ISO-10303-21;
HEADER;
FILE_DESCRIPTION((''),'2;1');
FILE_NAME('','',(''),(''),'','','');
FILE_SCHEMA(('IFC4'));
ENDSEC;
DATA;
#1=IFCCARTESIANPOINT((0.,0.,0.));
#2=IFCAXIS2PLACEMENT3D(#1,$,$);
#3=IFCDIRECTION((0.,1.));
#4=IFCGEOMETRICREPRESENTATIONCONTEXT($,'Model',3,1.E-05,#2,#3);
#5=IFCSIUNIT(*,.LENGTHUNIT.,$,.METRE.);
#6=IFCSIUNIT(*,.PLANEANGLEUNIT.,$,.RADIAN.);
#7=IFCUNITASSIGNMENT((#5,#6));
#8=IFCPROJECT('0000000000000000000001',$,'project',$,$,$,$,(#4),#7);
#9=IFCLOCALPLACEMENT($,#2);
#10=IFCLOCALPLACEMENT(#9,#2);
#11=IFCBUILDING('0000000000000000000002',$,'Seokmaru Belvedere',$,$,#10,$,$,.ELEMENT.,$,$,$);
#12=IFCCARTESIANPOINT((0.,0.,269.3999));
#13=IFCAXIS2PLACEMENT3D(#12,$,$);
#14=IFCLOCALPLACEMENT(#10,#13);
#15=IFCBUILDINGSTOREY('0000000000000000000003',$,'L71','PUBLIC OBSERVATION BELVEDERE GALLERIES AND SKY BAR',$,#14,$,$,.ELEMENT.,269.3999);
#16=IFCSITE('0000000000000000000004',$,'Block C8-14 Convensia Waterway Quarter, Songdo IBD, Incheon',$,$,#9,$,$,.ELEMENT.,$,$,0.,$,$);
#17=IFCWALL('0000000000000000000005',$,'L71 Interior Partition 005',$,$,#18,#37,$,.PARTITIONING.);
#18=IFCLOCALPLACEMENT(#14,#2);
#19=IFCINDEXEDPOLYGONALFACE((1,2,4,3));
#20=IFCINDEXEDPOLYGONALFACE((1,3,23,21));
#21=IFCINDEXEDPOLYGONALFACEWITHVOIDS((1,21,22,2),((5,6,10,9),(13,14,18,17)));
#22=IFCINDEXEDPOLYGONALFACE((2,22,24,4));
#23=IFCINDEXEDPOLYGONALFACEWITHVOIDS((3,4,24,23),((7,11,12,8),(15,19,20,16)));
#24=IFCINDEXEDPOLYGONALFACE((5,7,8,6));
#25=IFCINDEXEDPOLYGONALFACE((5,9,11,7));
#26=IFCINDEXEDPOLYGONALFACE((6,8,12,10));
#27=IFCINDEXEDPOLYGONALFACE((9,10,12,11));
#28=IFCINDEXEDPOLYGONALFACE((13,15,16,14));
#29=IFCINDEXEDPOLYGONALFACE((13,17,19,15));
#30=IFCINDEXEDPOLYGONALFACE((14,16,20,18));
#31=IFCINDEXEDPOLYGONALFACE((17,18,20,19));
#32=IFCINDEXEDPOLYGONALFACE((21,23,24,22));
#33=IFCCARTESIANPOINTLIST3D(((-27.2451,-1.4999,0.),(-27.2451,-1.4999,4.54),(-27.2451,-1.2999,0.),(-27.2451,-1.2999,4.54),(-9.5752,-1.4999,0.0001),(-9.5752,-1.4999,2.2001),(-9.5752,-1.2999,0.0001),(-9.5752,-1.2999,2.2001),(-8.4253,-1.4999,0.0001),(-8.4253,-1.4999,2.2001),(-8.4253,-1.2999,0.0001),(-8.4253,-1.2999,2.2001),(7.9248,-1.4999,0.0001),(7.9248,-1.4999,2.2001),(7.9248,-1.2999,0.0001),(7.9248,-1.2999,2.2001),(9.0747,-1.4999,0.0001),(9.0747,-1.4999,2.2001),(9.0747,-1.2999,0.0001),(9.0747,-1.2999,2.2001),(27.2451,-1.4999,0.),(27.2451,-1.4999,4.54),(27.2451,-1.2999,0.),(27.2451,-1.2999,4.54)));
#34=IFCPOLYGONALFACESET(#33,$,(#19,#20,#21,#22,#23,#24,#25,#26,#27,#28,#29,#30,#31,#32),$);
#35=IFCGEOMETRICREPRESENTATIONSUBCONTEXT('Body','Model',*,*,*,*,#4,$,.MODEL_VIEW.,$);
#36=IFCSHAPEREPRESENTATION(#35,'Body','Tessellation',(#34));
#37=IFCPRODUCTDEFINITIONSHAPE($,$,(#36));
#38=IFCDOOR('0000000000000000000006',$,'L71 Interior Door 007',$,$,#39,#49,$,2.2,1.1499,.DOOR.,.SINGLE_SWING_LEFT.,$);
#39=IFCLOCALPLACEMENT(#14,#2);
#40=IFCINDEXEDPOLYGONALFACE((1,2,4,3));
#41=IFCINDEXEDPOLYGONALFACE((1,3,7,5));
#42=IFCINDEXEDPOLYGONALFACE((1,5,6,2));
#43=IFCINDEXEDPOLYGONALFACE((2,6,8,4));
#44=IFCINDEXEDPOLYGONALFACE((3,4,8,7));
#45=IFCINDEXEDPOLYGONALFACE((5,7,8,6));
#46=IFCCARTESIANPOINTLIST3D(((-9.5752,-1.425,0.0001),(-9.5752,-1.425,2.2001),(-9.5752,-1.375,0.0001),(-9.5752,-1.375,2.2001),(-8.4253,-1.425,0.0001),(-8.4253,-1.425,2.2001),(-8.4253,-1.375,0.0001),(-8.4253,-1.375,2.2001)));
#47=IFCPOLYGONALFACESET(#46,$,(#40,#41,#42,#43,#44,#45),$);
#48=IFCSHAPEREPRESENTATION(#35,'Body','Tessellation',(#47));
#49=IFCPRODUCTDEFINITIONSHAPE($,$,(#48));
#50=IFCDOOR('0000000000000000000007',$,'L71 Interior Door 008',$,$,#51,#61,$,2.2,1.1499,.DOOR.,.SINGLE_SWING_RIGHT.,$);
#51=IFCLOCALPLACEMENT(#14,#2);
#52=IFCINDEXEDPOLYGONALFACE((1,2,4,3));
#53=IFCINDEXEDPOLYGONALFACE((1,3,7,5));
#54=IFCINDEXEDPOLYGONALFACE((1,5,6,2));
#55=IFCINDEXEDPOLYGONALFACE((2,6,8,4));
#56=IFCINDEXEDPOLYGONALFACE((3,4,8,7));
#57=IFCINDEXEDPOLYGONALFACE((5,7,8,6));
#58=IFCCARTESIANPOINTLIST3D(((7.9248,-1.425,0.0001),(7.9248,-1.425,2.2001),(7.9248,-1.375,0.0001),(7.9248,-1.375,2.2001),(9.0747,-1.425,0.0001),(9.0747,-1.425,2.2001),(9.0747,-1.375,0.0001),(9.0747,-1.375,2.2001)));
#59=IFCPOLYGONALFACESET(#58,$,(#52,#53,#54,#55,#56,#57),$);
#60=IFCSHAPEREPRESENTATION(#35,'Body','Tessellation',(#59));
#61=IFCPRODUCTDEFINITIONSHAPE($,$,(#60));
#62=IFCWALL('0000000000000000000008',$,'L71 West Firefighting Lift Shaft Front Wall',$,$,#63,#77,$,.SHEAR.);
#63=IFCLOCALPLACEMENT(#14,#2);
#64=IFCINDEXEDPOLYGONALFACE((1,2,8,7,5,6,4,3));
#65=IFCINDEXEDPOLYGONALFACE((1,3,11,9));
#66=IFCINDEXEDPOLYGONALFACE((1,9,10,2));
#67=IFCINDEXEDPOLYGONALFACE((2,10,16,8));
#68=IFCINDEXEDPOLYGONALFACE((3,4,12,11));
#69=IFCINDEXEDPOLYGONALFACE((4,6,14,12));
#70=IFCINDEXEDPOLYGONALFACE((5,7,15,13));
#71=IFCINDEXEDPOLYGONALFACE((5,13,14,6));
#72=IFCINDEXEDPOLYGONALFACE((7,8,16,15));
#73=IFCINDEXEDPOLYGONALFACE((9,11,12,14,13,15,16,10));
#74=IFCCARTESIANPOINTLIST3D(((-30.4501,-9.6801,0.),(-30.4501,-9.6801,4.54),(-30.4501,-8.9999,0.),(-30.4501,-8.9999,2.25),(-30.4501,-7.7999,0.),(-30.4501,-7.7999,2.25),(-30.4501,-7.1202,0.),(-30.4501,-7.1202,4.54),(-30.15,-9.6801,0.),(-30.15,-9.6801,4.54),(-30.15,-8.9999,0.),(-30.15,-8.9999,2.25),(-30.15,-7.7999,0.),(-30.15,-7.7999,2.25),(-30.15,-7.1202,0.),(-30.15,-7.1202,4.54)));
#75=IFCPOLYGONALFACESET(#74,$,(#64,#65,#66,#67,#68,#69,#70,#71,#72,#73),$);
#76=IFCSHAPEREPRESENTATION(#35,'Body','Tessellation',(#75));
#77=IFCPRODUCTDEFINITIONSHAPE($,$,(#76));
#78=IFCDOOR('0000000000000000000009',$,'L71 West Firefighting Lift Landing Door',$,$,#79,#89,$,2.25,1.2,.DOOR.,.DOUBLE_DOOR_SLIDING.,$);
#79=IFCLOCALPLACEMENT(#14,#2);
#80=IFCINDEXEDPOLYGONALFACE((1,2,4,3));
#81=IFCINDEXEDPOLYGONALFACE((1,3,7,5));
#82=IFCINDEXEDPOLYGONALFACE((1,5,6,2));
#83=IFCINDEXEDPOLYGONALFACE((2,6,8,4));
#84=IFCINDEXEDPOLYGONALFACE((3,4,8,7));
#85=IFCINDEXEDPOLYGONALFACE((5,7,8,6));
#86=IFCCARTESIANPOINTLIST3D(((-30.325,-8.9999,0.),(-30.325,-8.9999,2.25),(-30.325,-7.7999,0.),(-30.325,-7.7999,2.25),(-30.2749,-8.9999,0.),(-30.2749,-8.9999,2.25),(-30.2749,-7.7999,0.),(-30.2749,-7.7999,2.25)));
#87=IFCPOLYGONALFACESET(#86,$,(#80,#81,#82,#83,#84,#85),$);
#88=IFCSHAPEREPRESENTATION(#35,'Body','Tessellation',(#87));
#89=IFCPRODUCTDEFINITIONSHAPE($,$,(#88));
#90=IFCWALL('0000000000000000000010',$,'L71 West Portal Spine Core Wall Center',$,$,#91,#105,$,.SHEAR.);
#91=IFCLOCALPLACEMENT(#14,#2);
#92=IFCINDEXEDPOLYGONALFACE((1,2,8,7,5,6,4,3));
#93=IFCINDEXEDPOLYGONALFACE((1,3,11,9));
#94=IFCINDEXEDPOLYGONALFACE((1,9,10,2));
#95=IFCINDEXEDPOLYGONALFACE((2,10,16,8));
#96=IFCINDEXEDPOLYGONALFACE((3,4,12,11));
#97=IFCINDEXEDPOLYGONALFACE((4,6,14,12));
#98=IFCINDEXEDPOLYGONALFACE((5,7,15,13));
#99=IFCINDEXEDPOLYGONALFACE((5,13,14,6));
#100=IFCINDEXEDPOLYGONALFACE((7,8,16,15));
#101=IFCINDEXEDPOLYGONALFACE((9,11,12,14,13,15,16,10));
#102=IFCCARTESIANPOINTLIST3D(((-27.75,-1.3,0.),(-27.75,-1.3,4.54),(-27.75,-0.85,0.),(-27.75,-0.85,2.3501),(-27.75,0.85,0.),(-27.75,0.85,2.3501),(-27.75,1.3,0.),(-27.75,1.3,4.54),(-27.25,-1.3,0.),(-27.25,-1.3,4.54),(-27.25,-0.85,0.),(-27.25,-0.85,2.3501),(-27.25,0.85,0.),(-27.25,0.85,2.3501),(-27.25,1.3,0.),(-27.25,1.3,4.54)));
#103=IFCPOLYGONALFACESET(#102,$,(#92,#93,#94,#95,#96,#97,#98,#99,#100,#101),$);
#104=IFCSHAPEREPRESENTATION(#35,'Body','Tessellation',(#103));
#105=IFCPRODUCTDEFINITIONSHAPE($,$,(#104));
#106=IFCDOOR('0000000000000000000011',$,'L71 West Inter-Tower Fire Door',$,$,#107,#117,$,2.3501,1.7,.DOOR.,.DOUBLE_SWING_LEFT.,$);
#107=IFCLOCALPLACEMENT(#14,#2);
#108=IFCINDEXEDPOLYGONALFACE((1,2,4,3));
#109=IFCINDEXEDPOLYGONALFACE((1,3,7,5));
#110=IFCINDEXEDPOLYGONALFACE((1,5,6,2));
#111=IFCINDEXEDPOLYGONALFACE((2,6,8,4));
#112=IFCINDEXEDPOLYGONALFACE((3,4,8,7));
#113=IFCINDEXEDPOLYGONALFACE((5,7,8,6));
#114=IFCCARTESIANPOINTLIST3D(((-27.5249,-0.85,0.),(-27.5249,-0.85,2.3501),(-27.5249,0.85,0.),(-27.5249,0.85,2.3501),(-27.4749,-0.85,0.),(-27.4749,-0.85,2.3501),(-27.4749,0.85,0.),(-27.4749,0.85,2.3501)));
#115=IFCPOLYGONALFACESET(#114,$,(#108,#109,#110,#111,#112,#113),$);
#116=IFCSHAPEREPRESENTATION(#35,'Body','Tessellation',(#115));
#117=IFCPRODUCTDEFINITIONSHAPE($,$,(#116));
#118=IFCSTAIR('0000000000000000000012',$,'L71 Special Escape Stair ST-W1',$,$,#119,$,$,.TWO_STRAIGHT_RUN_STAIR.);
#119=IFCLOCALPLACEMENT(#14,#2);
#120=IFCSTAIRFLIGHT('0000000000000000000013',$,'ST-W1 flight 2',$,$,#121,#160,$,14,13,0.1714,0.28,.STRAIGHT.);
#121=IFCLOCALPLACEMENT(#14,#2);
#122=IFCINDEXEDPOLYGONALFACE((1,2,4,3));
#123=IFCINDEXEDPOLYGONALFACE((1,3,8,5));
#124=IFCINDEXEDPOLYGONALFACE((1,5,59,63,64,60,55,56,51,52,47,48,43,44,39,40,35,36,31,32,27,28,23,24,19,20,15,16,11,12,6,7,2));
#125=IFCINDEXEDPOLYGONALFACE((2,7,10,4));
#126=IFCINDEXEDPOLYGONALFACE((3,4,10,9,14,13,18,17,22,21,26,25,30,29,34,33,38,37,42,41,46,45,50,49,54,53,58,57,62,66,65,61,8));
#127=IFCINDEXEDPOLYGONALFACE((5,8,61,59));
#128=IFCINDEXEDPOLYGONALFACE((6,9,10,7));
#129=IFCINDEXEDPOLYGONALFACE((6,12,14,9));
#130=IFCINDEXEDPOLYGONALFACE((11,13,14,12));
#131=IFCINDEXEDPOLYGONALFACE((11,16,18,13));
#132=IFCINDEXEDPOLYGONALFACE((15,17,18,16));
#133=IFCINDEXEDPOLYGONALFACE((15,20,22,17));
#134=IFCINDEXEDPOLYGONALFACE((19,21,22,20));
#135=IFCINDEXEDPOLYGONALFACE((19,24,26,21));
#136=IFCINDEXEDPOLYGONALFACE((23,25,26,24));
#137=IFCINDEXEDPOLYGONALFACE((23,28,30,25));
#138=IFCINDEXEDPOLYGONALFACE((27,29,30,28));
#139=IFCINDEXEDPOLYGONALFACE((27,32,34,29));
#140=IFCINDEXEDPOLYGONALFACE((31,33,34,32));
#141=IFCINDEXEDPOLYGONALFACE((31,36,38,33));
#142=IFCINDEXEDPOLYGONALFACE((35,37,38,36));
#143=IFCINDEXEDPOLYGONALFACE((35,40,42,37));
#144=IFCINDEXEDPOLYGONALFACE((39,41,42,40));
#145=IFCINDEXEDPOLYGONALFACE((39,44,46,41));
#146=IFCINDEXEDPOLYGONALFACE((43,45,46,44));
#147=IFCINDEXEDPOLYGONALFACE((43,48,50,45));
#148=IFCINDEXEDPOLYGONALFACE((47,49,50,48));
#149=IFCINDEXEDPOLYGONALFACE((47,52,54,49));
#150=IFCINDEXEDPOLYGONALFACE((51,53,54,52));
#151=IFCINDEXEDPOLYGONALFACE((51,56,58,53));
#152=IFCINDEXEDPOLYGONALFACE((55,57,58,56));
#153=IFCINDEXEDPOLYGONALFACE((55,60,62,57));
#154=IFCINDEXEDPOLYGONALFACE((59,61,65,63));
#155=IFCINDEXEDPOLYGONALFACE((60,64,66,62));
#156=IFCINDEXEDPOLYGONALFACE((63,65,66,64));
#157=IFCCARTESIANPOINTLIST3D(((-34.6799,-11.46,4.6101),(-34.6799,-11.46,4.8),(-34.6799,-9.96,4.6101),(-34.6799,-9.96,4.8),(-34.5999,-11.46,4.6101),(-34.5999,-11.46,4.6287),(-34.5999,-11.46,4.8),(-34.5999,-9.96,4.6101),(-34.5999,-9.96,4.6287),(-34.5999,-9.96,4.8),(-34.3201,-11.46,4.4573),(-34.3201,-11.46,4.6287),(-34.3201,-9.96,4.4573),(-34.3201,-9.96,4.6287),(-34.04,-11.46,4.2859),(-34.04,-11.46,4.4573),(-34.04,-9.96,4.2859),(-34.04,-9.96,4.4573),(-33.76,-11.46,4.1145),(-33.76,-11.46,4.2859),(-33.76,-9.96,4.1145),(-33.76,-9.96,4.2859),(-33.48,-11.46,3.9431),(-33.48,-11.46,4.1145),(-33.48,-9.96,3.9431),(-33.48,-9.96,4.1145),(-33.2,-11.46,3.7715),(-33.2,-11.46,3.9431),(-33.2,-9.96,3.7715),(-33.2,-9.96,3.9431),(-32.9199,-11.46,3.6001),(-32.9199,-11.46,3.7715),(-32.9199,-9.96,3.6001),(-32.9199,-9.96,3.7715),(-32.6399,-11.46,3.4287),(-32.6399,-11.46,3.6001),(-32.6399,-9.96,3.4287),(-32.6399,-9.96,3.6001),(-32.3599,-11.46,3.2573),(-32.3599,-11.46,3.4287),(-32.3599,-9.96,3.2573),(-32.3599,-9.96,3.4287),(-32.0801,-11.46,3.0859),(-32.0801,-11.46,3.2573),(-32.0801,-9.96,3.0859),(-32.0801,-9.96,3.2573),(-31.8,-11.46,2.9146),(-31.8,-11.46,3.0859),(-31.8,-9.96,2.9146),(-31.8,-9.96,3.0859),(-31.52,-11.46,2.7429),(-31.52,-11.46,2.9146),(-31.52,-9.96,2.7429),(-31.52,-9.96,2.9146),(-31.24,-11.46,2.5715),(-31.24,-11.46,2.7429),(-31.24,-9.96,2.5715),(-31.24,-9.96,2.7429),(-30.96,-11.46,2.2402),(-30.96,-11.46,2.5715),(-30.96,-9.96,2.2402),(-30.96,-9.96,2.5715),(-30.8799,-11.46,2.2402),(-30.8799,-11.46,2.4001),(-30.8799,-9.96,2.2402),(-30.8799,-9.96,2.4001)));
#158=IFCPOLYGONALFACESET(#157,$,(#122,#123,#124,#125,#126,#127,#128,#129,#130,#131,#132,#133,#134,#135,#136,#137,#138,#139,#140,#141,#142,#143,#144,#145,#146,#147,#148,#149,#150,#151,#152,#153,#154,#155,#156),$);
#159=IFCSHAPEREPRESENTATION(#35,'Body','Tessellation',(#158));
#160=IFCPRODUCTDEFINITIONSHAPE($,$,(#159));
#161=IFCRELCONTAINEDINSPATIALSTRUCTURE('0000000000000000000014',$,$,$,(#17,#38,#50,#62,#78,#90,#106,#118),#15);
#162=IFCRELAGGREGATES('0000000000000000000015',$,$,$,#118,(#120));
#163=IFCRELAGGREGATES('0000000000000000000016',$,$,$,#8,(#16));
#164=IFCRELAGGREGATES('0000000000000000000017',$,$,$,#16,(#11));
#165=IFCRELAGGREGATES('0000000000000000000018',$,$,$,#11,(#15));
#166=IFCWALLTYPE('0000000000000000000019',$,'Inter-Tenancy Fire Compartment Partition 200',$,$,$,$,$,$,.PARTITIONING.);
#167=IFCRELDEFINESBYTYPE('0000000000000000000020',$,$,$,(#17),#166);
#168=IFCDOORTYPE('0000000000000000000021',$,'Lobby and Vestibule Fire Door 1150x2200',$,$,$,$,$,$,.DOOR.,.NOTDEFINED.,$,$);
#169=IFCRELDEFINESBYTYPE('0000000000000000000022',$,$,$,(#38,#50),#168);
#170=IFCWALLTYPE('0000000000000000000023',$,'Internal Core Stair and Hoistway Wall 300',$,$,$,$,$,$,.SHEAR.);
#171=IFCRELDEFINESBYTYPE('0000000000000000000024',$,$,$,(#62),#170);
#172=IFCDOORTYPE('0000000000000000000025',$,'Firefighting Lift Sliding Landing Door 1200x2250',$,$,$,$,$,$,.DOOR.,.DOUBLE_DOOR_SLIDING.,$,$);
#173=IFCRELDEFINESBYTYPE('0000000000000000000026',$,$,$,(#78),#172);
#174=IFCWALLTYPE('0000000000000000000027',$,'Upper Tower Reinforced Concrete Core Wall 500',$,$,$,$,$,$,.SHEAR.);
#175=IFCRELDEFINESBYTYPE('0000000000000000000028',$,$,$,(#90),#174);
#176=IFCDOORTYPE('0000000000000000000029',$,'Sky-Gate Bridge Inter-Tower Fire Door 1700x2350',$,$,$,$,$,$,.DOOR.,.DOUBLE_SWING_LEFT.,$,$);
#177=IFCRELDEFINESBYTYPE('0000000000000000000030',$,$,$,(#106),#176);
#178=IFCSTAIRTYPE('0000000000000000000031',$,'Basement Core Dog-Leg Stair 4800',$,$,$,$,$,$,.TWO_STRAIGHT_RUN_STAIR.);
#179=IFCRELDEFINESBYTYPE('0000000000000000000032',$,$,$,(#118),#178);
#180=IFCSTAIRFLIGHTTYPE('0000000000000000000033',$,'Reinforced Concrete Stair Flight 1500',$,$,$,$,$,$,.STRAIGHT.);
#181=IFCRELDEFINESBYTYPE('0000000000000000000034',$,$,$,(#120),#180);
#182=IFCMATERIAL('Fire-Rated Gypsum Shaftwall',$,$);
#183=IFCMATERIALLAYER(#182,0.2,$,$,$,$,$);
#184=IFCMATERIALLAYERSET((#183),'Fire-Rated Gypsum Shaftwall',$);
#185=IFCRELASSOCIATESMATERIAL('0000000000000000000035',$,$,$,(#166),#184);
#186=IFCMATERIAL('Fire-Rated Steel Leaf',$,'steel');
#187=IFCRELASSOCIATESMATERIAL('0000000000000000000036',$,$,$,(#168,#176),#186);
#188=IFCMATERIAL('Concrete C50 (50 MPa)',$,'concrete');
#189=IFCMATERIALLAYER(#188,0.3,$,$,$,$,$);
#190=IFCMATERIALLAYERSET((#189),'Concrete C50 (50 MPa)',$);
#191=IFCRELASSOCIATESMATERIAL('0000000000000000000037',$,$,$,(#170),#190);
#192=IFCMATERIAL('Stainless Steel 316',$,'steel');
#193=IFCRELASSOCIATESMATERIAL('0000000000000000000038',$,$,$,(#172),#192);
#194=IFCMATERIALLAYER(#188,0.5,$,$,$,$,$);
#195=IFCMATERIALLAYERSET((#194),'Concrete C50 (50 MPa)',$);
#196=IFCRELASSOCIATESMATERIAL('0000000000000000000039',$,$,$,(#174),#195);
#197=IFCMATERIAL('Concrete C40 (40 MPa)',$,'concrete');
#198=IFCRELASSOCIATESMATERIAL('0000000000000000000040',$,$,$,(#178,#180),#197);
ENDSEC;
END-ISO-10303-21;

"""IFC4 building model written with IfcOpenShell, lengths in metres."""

from ifc_helpers import new_model, si_unit, direction, frame, frame_2d, origin, place, context, subcontext, project, spatial, polyline, rectangle, outline, extrude, source, transform, mapped, material, layer, layer_set, type_object, type_shapes, element, fill, aggregate, save


model = new_model("IFC4")

# Units and contexts
model_context = context("Model", 3, precision=1e-05, world=origin(), true_north=direction((0.0, 1.0)))
body_context = subcontext(model_context, "Body", "Model", "MODEL_VIEW")
ifc_project = project(units=[si_unit("LENGTHUNIT", "METRE"), si_unit("PLANEANGLEUNIT", "RADIAN")], contexts=[model_context])

# Site, building, storey
site_placement = place(None, origin())
site = spatial("IfcSite", under=ifc_project, at=site_placement, Name="Block C8-14 Convensia Waterway Quarter, Songdo IBD, Incheon", CompositionType="ELEMENT", RefElevation=0.0)
building_placement = place(site_placement, origin())
building = spatial("IfcBuilding", under=site, at=building_placement, Name="Seokmaru Belvedere", CompositionType="ELEMENT")
storey_placement = place(building_placement, frame((0.0, 0.0, 269.3999)))
storey = spatial("IfcBuildingStorey", under=building, at=storey_placement, Name="L71", Description="PUBLIC OBSERVATION BELVEDERE GALLERIES AND SKY BAR", CompositionType="ELEMENT", Elevation=269.3999)

# Shared definitions
ifc_material_1 = material(Name="Fire-Rated Gypsum Shaftwall")
ifc_material_2 = material(Name="Fire-Rated Steel Leaf", Category="steel")

# Shared definitions
ifc_material_3 = material(Name="Concrete C50 (50 MPa)", Category="concrete")

# Wall, openings, doors
ifc_layer_1 = layer(ifc_material_1, 0.2)
ifc_layer_set_1 = layer_set([ifc_layer_1], Name="Fire-Rated Gypsum Shaftwall")
wall_type_1 = type_object("IfcWallType", Name="Inter-Tenancy Fire Compartment Partition 200", PredefinedType="PARTITIONING", material=ifc_layer_set_1)
wall_1_placement = place(storey_placement, frame((-27.2451, -1.3999, 0.0), z_axis=(0.0, 0.0, 1.0), x_axis=(1.0, 0.0, 0.0)))
wall_1 = element("IfcWall", 1, at=wall_1_placement, inside=storey, type_object=wall_type_1, Name="L71 Interior Partition 005", PredefinedType="PARTITIONING", context=body_context, shape_type="SweptSolid", body=[
    extrude(rectangle(XDim=54.4902, YDim=0.2, at=frame_2d((27.2451, 0.0))), origin(), (0.0, 0.0, 1.0), 4.54),
])
opening_1_placement = place(wall_1_placement, frame((17.6699, 0.0, 0.0)))
opening_1 = element("IfcOpeningElement", 2, at=opening_1_placement, cuts=wall_1, PredefinedType="OPENING", context=body_context, shape_type="SweptSolid", body=[
    extrude(rectangle(XDim=1.1499, YDim=2.2, at=frame_2d((0.575, 1.1001))), frame((0.0, 0.1099, 0.0), z_axis=(0.0, -1.0, 0.0), x_axis=(1.0, 0.0, 0.0)), (0.0, 0.0, 1.0), 0.22),
])
opening_2_placement = place(wall_1_placement, frame((35.1699, 0.0, 0.0)))
opening_2 = element("IfcOpeningElement", 3, at=opening_2_placement, cuts=wall_1, PredefinedType="OPENING", context=body_context, shape_type="SweptSolid", body=[
    extrude(rectangle(XDim=1.1499, YDim=2.2, at=frame_2d((0.575, 1.1001))), frame((0.0, 0.1099, 0.0), z_axis=(0.0, -1.0, 0.0), x_axis=(1.0, 0.0, 0.0)), (0.0, 0.0, 1.0), 0.22),
])
door_type_1 = type_object("IfcDoorType", Name="Lobby and Vestibule Fire Door 1150x2200", OperationType="NOTDEFINED", PredefinedType="DOOR", material=ifc_material_2)
shared_shape_1 = source(origin(), body_context, "Body", "SweptSolid", [
    extrude(rectangle(XDim=1.1499, YDim=2.2, at=frame_2d((0.575, 1.1001))), frame((0.0, 0.0249, 0.0), z_axis=(0.0, -1.0, 0.0), x_axis=(1.0, 0.0, 0.0)), (0.0, 0.0, 1.0), 0.05),
])
type_shapes(door_type_1, [shared_shape_1])
door_1_placement = place(opening_1_placement, origin())
door_1 = element("IfcDoor", 4, at=door_1_placement, inside=storey, type_object=door_type_1, Name="L71 Interior Door 007", OperationType="SINGLE_SWING_LEFT", OverallHeight=2.2, OverallWidth=1.1499, PredefinedType="DOOR", context=body_context, shape_type="MappedRepresentation", body=[
    mapped(shared_shape_1, transform((0.0, 0.0, 0.0), scale=1.0)),
])
fill(opening_1, door_1)
door_2_placement = place(opening_2_placement, origin())
door_2 = element("IfcDoor", 5, at=door_2_placement, inside=storey, type_object=door_type_1, Name="L71 Interior Door 008", OperationType="SINGLE_SWING_RIGHT", OverallHeight=2.2, OverallWidth=1.1499, PredefinedType="DOOR", context=body_context, shape_type="MappedRepresentation", body=[
    mapped(shared_shape_1, transform((0.0, 0.0, 0.0), scale=1.0)),
])
fill(opening_2, door_2)

# Walls, openings, doors
ifc_layer_2 = layer(ifc_material_3, 0.3)
ifc_layer_set_2 = layer_set([ifc_layer_2], Name="Concrete C50 (50 MPa)")
wall_type_2 = type_object("IfcWallType", Name="Internal Core Stair and Hoistway Wall 300", PredefinedType="SHEAR", material=ifc_layer_set_2)
wall_2_placement = place(storey_placement, frame((-30.3, -9.6799, 0.0), z_axis=(0.0, 0.0, 1.0), x_axis=(0.0, 1.0, 0.0)))
wall_2 = element("IfcWall", 6, at=wall_2_placement, inside=storey, type_object=wall_type_2, Name="L71 West Firefighting Lift Shaft Front Wall", PredefinedType="SHEAR", context=body_context, shape_type="SweptSolid", body=[
    extrude(rectangle(XDim=2.5598, YDim=0.3, at=frame_2d((1.2798, 0.0))), origin(), (0.0, 0.0, 1.0), 4.54),
])
opening_3_placement = place(wall_2_placement, frame((0.6799, 0.0, 0.0)))
opening_3 = element("IfcOpeningElement", 7, at=opening_3_placement, cuts=wall_2, PredefinedType="OPENING", context=body_context, shape_type="SweptSolid", body=[
    extrude(rectangle(XDim=1.2, YDim=2.25, at=frame_2d((0.6001, 1.125))), frame((0.0, 0.1602, 0.0), z_axis=(0.0, -1.0, 0.0), x_axis=(1.0, 0.0, 0.0)), (0.0, 0.0, 1.0), 0.3201),
])
ifc_material_4 = material(Name="Stainless Steel 316", Category="steel")
door_type_2 = type_object("IfcDoorType", Name="Firefighting Lift Sliding Landing Door 1200x2250", OperationType="DOUBLE_DOOR_SLIDING", PredefinedType="DOOR", material=ifc_material_4)
shared_shape_2 = source(origin(), body_context, "Body", "SweptSolid", [
    extrude(rectangle(XDim=1.2, YDim=2.25, at=frame_2d((0.6001, 1.125))), frame((0.0, 0.0249, 0.0), z_axis=(0.0, -1.0, 0.0), x_axis=(1.0, 0.0, 0.0)), (0.0, 0.0, 1.0), 0.05),
])
type_shapes(door_type_2, [shared_shape_2])
door_3_placement = place(opening_3_placement, origin())
door_3 = element("IfcDoor", 8, at=door_3_placement, inside=storey, type_object=door_type_2, Name="L71 West Firefighting Lift Landing Door", OperationType="DOUBLE_DOOR_SLIDING", OverallHeight=2.25, OverallWidth=1.2, PredefinedType="DOOR", context=body_context, shape_type="MappedRepresentation", body=[
    mapped(shared_shape_2, transform((0.0, 0.0, 0.0), scale=1.0)),
])
fill(opening_3, door_3)
ifc_layer_3 = layer(ifc_material_3, 0.5)
ifc_layer_set_3 = layer_set([ifc_layer_3], Name="Concrete C50 (50 MPa)")
wall_type_3 = type_object("IfcWallType", Name="Upper Tower Reinforced Concrete Core Wall 500", PredefinedType="SHEAR", material=ifc_layer_set_3)
wall_3_placement = place(storey_placement, frame((-27.5, -1.3, 0.0), z_axis=(0.0, 0.0, 1.0), x_axis=(0.0, 1.0, 0.0)))
wall_3 = element("IfcWall", 9, at=wall_3_placement, inside=storey, type_object=wall_type_3, Name="L71 West Portal Spine Core Wall Center", PredefinedType="SHEAR", context=body_context, shape_type="SweptSolid", body=[
    extrude(rectangle(XDim=2.6001, YDim=0.5, at=frame_2d((1.3, 0.0))), origin(), (0.0, 0.0, 1.0), 4.54),
])
opening_4_placement = place(wall_3_placement, frame((0.45, 0.0, 0.0)))
opening_4 = element("IfcOpeningElement", 10, at=opening_4_placement, cuts=wall_3, PredefinedType="OPENING", context=body_context, shape_type="SweptSolid", body=[
    extrude(rectangle(XDim=1.7, YDim=2.3501, at=frame_2d((0.8501, 1.175))), frame((0.0, 0.26, 0.0), z_axis=(0.0, -1.0, 0.0), x_axis=(1.0, 0.0, 0.0)), (0.0, 0.0, 1.0), 0.52),
])
door_type_3 = type_object("IfcDoorType", Name="Sky-Gate Bridge Inter-Tower Fire Door 1700x2350", OperationType="DOUBLE_SWING_LEFT", PredefinedType="DOOR", material=ifc_material_2)
shared_shape_3 = source(origin(), body_context, "Body", "SweptSolid", [
    extrude(rectangle(XDim=1.7, YDim=2.3501, at=frame_2d((0.8501, 1.175))), frame((0.0, 0.0249, 0.0), z_axis=(0.0, -1.0, 0.0), x_axis=(1.0, 0.0, 0.0)), (0.0, 0.0, 1.0), 0.05),
])
type_shapes(door_type_3, [shared_shape_3])
door_4_placement = place(opening_4_placement, origin())
door_4 = element("IfcDoor", 11, at=door_4_placement, inside=storey, type_object=door_type_3, Name="L71 West Inter-Tower Fire Door", OperationType="DOUBLE_SWING_LEFT", OverallHeight=2.3501, OverallWidth=1.7, PredefinedType="DOOR", context=body_context, shape_type="MappedRepresentation", body=[
    mapped(shared_shape_3, transform((0.0, 0.0, 0.0), scale=1.0)),
])
fill(opening_4, door_4)

# Stair, stair flight
ifc_material_5 = material(Name="Concrete C40 (40 MPa)", Category="concrete")
stair_type = type_object("IfcStairType", Name="Basement Core Dog-Leg Stair 4800", PredefinedType="TWO_STRAIGHT_RUN_STAIR", material=ifc_material_5)
stair_placement = place(storey_placement, origin())
stair = element("IfcStair", 12, at=stair_placement, inside=storey, type_object=stair_type, Name="L71 Special Escape Stair ST-W1", PredefinedType="TWO_STRAIGHT_RUN_STAIR")
stair_flight_type = type_object("IfcStairFlightType", Name="Reinforced Concrete Stair Flight 1500", PredefinedType="STRAIGHT", material=ifc_material_5)
stair_flight_placement = place(storey_placement, frame((-30.96, -10.71, 2.4001), z_axis=(0.0, 0.0, 1.0), x_axis=(-1.0, 0.0, 0.0)))
stair_flight = element("IfcStairFlight", 13, at=stair_flight_placement, type_object=stair_flight_type, Name="ST-W1 flight 2", NumberOfRisers=14, NumberOfTreads=13, PredefinedType="STRAIGHT", RiserHeight=0.1714, TreadLength=0.28, context=body_context, shape_type="SweptSolid", body=[
    extrude(outline(polyline([(-0.0801, 0.0), (0.0, 0.1714), (0.28, 0.1714), (0.28, 0.3428), (0.5601, 0.3428), (0.5601, 0.5144), (0.8401, 0.5144), (0.8401, 0.6858), (1.1201, 0.6858), (1.1201, 0.8572), (1.3999, 0.8572), (1.3999, 1.0286), (1.6799, 1.0286), (1.6799, 1.2), (1.96, 1.2), (1.96, 1.3713), (2.24, 1.3713), (2.24, 1.543), (2.52, 1.543), (2.52, 1.7144), (2.8, 1.7144), (2.8, 1.8857), (3.0801, 1.8857), (3.0801, 2.0571), (3.3601, 2.0571), (3.3601, 2.2285), (3.6399, 2.2285), (3.6399, 2.3999), (3.72, 2.3999), (3.72, 2.21), (3.6399, 2.21), (0.0, -0.1599), (-0.0801, -0.1599), (-0.0801, 0.0)])), frame((0.0, 0.75, 0.0), z_axis=(0.0, -1.0, 0.0), x_axis=(1.0, 0.0, 0.0)), (0.0, 0.0, 1.0), 1.5),
])
aggregate(stair, [stair_flight])

save(model, "model.ifc")
